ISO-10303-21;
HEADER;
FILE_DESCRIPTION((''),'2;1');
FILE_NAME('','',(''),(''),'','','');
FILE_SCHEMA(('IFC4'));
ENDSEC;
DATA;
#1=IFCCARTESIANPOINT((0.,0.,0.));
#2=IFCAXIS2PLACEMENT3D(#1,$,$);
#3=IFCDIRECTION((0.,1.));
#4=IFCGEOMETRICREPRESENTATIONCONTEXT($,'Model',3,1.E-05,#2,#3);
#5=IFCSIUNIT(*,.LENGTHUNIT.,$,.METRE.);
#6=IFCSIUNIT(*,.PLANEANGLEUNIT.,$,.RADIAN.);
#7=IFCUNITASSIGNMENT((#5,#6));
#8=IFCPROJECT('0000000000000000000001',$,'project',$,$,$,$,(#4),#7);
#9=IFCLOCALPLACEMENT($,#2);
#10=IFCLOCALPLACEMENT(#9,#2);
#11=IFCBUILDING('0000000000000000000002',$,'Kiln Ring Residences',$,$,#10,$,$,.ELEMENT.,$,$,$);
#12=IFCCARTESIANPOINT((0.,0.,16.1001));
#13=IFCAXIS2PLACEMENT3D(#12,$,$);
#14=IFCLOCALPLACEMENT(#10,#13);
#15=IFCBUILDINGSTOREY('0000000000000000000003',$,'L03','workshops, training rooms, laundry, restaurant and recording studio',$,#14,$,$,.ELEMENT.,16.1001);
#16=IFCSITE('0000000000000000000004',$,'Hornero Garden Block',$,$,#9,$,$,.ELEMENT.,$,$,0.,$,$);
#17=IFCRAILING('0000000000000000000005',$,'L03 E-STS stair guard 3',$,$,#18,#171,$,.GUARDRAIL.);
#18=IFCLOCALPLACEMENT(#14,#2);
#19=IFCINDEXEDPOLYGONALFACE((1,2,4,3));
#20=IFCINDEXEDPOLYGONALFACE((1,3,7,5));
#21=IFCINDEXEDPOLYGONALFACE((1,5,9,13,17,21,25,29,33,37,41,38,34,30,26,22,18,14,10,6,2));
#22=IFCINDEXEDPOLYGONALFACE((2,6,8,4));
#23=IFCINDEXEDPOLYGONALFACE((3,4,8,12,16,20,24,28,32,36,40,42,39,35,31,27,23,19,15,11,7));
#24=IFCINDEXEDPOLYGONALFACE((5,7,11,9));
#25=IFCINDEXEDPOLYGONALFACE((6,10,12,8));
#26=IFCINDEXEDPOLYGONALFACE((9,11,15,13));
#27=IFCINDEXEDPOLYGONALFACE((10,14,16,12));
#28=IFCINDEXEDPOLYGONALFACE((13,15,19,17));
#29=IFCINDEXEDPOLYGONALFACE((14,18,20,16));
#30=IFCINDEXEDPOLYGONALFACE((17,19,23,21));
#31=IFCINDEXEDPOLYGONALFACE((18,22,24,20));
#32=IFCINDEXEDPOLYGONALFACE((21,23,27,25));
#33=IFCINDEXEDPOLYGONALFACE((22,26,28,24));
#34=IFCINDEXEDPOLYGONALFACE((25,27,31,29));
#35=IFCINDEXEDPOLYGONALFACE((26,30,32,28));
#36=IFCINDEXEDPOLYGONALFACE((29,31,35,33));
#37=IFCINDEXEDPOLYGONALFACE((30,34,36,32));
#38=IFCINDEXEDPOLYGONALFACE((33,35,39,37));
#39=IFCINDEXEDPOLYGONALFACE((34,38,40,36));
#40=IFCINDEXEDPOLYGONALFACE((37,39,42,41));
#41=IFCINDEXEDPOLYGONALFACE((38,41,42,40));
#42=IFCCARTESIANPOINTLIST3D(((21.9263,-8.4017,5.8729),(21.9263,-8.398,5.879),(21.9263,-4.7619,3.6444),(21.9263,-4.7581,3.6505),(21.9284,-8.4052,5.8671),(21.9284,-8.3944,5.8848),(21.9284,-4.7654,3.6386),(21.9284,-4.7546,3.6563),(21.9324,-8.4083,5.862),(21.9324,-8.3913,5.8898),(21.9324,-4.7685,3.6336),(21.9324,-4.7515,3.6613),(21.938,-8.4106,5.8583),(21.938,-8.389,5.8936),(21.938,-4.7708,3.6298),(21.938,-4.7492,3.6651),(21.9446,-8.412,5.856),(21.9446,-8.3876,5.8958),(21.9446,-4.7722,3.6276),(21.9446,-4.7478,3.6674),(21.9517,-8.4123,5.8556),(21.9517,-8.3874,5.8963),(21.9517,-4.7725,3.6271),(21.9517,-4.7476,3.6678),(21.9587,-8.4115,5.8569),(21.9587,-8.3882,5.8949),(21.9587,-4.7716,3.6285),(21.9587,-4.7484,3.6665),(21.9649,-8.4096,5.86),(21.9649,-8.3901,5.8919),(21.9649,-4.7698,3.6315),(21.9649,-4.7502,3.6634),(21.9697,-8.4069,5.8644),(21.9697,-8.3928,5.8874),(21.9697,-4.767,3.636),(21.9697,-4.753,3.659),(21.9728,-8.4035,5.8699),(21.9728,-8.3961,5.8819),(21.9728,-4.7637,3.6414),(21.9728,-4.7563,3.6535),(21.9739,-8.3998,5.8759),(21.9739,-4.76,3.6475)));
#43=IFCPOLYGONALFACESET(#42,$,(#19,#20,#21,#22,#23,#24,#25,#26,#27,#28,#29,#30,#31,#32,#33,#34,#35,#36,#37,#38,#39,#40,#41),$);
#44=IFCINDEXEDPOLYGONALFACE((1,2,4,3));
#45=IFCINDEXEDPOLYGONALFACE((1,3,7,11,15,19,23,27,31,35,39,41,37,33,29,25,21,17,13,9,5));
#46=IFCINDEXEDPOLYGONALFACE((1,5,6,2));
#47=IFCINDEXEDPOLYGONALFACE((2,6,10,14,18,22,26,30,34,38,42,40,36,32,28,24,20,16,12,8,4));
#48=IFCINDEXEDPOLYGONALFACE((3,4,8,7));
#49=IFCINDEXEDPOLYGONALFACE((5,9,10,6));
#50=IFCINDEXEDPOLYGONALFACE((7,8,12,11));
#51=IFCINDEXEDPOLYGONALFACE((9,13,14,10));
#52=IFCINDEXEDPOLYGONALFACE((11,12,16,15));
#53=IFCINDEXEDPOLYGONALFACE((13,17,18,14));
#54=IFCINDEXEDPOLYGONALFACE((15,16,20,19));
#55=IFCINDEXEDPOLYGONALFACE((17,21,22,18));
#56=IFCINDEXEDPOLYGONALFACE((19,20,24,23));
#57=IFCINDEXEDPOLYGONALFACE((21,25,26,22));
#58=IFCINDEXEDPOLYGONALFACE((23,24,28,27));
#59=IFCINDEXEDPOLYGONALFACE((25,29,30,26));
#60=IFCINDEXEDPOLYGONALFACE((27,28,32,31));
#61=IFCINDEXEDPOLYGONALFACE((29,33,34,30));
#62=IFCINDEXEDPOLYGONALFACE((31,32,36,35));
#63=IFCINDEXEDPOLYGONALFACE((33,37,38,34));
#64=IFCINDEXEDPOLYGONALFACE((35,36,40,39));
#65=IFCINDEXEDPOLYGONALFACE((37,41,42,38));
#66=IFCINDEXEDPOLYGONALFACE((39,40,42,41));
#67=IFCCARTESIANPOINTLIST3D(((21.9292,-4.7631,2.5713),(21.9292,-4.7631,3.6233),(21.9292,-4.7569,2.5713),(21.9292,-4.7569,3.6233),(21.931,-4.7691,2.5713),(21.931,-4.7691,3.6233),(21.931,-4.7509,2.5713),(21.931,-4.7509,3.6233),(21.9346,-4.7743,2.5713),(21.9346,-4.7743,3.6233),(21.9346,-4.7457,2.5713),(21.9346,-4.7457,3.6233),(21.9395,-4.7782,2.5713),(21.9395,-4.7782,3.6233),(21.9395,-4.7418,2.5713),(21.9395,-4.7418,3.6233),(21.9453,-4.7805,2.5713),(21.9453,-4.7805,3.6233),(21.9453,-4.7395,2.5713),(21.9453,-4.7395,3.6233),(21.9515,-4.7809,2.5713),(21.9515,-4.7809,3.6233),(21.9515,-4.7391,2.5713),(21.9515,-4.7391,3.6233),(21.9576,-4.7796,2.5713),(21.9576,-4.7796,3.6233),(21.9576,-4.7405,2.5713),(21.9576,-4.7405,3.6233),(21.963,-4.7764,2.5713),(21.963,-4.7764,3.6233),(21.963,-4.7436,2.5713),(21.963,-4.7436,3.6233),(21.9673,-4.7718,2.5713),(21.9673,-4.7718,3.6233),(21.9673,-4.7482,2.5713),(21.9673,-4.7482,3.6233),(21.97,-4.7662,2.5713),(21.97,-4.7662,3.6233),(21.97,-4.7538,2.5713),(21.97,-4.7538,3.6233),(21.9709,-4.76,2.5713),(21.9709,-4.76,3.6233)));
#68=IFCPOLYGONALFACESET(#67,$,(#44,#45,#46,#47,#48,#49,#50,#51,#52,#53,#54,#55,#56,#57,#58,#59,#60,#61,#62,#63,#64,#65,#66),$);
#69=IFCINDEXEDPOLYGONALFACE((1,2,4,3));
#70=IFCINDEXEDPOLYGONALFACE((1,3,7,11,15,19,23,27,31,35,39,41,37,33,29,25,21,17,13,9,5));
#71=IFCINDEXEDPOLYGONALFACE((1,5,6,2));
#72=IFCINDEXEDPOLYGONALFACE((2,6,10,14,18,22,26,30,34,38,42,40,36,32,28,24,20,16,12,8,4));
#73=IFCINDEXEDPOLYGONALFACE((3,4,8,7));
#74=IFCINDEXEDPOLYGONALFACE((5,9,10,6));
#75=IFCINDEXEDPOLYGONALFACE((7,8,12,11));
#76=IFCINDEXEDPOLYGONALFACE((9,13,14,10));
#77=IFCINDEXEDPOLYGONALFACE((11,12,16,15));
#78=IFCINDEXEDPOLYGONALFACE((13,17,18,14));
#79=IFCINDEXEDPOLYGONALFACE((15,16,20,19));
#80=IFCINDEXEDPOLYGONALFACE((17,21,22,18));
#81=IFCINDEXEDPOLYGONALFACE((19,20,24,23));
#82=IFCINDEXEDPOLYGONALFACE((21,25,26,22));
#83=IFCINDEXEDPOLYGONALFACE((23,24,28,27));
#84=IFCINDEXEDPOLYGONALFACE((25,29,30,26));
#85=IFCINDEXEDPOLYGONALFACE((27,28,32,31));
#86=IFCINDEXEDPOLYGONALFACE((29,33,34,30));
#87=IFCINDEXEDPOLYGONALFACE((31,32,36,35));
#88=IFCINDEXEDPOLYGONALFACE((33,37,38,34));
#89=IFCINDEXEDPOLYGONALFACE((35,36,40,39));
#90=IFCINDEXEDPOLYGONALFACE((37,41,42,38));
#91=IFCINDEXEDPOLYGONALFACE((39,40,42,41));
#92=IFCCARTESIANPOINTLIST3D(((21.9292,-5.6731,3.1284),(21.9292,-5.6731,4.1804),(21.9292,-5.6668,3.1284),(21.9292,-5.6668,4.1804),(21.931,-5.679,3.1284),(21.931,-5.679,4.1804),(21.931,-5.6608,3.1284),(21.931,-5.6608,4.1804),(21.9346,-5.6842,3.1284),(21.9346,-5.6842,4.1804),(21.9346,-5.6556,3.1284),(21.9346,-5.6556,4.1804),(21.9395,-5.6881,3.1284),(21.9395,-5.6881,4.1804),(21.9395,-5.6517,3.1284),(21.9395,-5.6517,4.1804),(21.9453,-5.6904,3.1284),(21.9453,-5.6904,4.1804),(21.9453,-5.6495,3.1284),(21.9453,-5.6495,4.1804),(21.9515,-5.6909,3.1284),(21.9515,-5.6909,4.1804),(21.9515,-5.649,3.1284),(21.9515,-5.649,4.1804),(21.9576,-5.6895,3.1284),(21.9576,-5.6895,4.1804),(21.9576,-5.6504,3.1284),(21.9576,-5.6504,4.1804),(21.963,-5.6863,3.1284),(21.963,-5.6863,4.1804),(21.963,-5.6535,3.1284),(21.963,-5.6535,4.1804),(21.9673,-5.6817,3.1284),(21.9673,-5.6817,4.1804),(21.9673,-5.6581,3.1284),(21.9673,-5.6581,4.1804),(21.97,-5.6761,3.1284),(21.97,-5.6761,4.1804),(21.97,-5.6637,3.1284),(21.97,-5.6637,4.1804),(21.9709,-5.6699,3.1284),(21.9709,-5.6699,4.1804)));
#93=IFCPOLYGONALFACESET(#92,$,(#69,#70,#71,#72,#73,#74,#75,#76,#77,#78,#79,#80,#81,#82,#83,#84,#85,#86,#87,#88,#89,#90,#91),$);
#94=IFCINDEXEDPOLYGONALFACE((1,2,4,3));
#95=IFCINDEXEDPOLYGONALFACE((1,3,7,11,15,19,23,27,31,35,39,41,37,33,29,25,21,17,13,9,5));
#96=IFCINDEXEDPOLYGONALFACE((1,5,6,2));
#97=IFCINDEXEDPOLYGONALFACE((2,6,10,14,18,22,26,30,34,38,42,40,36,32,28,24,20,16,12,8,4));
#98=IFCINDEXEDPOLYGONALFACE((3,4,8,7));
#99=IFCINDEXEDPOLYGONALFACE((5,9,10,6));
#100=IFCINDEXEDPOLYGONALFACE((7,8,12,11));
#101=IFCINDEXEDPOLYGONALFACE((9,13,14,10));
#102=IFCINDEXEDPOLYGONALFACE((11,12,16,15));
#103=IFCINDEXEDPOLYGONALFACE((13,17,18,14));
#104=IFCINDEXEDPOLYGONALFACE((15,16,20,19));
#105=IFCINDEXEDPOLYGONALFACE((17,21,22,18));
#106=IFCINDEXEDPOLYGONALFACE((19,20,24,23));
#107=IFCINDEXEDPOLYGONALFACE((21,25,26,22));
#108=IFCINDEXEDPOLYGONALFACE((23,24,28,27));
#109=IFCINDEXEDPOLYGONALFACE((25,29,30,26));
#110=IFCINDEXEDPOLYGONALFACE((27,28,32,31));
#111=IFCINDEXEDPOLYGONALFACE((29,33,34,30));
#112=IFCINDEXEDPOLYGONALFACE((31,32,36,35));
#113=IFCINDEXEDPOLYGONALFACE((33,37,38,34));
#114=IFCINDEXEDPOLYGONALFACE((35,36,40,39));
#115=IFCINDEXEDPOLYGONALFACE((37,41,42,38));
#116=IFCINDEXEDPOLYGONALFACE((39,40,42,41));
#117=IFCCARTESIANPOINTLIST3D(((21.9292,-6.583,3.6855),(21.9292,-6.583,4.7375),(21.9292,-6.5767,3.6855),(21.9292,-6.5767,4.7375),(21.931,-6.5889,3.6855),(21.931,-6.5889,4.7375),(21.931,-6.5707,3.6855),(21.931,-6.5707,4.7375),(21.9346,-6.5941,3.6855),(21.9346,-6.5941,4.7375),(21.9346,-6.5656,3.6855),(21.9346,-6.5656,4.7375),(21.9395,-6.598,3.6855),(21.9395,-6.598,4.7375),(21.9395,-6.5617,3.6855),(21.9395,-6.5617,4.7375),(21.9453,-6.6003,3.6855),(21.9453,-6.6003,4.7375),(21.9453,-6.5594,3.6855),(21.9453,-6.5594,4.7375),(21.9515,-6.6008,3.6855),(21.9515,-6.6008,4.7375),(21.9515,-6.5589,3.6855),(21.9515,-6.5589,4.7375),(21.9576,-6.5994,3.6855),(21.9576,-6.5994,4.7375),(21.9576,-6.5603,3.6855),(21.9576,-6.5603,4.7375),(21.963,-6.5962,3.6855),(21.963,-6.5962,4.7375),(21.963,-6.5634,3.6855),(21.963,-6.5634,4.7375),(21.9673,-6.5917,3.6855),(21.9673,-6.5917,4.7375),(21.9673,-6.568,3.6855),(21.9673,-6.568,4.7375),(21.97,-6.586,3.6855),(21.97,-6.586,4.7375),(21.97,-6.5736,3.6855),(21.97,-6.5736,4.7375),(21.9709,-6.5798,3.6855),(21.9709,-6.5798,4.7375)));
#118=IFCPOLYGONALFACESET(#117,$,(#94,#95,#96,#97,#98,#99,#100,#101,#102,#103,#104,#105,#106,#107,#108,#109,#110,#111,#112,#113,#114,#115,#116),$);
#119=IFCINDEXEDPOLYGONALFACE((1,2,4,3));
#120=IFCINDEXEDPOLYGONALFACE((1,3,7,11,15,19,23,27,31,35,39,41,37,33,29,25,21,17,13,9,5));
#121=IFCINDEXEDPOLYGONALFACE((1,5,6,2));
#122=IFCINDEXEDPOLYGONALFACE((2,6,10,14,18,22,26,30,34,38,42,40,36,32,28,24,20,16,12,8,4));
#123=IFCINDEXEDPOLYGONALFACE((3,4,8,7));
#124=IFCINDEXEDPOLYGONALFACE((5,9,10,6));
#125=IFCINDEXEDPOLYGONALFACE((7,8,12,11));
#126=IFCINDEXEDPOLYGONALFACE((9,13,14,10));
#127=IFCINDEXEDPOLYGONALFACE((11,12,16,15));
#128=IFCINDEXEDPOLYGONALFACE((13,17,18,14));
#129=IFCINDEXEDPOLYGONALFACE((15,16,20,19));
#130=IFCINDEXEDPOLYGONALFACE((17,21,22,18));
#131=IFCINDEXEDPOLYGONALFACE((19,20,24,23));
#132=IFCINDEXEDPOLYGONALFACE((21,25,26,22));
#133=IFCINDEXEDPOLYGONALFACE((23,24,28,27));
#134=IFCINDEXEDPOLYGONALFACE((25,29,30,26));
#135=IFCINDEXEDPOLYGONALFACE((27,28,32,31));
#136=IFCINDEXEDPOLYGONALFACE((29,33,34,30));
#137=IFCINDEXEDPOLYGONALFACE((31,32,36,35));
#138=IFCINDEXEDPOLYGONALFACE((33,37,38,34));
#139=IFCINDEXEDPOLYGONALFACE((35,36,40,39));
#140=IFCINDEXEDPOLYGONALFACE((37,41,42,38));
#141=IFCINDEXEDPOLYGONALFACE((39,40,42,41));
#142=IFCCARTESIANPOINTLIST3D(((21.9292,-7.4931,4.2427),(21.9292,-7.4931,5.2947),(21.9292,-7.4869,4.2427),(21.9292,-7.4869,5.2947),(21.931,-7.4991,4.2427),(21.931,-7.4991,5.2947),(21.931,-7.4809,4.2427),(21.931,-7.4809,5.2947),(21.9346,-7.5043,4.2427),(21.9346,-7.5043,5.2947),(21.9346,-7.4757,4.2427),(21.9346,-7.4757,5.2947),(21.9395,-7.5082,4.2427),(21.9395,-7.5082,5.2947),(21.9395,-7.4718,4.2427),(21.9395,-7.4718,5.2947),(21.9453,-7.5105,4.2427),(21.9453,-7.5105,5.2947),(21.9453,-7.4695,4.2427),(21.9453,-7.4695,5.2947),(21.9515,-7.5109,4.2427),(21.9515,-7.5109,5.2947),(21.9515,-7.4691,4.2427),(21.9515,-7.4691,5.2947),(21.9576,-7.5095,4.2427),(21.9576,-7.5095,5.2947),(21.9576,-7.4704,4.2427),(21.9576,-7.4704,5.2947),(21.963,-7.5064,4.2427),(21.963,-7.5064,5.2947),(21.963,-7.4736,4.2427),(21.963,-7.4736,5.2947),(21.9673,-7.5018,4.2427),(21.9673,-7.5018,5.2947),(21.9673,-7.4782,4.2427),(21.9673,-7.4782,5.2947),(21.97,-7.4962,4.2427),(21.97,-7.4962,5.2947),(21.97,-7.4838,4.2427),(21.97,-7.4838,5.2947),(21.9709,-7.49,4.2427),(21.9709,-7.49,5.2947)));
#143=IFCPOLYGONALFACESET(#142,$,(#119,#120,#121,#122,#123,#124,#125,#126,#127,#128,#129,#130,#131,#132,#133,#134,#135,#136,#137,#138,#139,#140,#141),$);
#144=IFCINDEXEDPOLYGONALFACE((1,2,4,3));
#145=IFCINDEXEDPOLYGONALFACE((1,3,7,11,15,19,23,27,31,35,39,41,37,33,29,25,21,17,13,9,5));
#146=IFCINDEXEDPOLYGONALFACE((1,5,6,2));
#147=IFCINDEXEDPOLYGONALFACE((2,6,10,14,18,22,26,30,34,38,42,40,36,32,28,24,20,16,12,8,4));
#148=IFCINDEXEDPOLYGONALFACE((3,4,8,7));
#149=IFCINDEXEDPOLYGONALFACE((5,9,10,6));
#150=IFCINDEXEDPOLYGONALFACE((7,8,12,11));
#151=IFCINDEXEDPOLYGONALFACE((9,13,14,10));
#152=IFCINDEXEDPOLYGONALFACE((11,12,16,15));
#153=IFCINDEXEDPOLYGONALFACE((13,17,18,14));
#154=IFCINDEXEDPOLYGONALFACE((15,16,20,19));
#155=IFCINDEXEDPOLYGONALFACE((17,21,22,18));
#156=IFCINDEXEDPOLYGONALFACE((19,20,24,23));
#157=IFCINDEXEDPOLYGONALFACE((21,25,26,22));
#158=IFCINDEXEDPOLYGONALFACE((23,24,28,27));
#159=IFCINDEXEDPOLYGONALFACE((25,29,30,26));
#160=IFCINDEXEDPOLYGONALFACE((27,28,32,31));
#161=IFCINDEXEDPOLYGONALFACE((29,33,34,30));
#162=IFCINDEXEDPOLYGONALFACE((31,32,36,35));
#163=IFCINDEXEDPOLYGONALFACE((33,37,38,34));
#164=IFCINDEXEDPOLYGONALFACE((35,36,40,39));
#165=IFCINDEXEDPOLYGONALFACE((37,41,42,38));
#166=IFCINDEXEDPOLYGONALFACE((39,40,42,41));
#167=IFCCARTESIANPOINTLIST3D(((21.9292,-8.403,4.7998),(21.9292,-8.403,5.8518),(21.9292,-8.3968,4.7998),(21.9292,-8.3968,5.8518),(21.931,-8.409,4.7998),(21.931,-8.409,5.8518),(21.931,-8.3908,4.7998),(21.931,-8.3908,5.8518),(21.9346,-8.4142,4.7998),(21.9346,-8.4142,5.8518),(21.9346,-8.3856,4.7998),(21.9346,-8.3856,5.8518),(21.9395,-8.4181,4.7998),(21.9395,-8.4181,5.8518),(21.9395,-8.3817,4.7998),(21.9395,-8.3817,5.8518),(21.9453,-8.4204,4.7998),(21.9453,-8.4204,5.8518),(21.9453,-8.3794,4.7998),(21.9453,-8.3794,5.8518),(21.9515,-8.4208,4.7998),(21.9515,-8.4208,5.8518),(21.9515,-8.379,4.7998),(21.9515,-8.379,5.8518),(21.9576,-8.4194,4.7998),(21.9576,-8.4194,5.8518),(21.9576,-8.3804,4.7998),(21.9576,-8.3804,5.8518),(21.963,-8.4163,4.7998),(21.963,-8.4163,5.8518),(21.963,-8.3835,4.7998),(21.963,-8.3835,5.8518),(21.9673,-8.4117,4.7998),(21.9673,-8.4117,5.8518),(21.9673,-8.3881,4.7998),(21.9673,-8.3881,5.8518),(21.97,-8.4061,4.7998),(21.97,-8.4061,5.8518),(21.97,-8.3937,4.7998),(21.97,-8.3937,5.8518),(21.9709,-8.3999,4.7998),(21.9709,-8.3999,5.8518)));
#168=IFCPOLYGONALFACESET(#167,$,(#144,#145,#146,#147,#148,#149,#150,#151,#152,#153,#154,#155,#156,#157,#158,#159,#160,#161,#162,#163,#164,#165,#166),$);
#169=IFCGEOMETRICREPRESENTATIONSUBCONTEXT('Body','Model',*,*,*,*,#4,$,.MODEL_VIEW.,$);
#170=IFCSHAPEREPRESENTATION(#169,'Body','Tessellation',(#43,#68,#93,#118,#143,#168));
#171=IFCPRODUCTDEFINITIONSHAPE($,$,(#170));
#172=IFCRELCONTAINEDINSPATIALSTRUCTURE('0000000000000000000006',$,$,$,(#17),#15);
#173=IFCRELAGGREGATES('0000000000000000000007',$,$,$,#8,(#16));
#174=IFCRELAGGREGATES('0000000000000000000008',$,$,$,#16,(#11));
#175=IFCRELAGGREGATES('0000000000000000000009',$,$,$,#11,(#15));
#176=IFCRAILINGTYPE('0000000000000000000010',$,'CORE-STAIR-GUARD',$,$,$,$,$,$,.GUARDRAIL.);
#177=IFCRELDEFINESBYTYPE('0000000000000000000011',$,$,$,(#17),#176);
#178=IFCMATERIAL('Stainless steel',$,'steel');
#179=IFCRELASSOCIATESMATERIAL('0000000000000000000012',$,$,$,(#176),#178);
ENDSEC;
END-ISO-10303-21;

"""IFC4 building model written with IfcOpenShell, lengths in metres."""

from ifc_helpers import new_model, si_unit, direction, frame, origin, origin_2d, place, context, subcontext, project, spatial, circle, extrude, material, type_object, element, save


model = new_model("IFC4")

# Units and contexts
model_context = context("Model", 3, precision=1e-05, world=origin(), true_north=direction((0.0, 1.0)))
body_context = subcontext(model_context, "Body", "Model", "MODEL_VIEW")
ifc_project = project(units=[si_unit("LENGTHUNIT", "METRE"), si_unit("PLANEANGLEUNIT", "RADIAN")], contexts=[model_context])

# Site, building, storey
site_placement = place(None, origin())
site = spatial("IfcSite", under=ifc_project, at=site_placement, Name="Hornero Garden Block", CompositionType="ELEMENT", RefElevation=0.0)
building_placement = place(site_placement, origin())
building = spatial("IfcBuilding", under=site, at=building_placement, Name="Kiln Ring Residences", CompositionType="ELEMENT")
storey_placement = place(building_placement, frame((0.0, 0.0, 16.1001)))
storey = spatial("IfcBuildingStorey", under=building, at=storey_placement, Name="L03", Description="workshops, training rooms, laundry, restaurant and recording studio", CompositionType="ELEMENT", Elevation=16.1001)

# Railing
ifc_material_1 = material(Name="Stainless steel", Category="steel")
railing_type_1 = type_object("IfcRailingType", Name="CORE-STAIR-GUARD", PredefinedType="GUARDRAIL", material=ifc_material_1)
railing_1_placement = place(storey_placement, frame((21.95, -4.76, 2.5713)))
element("IfcRailing", 1, at=railing_1_placement, inside=storey, type_object=railing_type_1, Name="L03 E-STS stair guard 3", PredefinedType="GUARDRAIL", context=body_context, shape_type="SweptSolid", body=[
    extrude(circle(Radius=0.0239, at=origin_2d()), frame((0.0, 0.0, 1.0762), z_axis=(0.0, -0.85285, 0.522156), x_axis=(1.0, 0.0, 0.0)), (0.0, 0.0, 1.0), 4.2678),
    extrude(circle(Radius=0.021, at=origin_2d()), origin(), (0.0, 0.0, 1.0), 1.052),
    extrude(circle(Radius=0.021, at=origin_2d()), frame((0.0, -0.9099, 0.5571)), (0.0, 0.0, 1.0), 1.052),
    extrude(circle(Radius=0.021, at=origin_2d()), frame((0.0, -1.8198, 1.1143)), (0.0, 0.0, 1.0), 1.052),
    extrude(circle(Radius=0.021, at=origin_2d()), frame((0.0, -2.73, 1.6714)), (0.0, 0.0, 1.0), 1.052),
    extrude(circle(Radius=0.021, at=origin_2d()), frame((0.0, -3.6399, 2.2285)), (0.0, 0.0, 1.0), 1.052),
])

save(model, "model.ifc")
